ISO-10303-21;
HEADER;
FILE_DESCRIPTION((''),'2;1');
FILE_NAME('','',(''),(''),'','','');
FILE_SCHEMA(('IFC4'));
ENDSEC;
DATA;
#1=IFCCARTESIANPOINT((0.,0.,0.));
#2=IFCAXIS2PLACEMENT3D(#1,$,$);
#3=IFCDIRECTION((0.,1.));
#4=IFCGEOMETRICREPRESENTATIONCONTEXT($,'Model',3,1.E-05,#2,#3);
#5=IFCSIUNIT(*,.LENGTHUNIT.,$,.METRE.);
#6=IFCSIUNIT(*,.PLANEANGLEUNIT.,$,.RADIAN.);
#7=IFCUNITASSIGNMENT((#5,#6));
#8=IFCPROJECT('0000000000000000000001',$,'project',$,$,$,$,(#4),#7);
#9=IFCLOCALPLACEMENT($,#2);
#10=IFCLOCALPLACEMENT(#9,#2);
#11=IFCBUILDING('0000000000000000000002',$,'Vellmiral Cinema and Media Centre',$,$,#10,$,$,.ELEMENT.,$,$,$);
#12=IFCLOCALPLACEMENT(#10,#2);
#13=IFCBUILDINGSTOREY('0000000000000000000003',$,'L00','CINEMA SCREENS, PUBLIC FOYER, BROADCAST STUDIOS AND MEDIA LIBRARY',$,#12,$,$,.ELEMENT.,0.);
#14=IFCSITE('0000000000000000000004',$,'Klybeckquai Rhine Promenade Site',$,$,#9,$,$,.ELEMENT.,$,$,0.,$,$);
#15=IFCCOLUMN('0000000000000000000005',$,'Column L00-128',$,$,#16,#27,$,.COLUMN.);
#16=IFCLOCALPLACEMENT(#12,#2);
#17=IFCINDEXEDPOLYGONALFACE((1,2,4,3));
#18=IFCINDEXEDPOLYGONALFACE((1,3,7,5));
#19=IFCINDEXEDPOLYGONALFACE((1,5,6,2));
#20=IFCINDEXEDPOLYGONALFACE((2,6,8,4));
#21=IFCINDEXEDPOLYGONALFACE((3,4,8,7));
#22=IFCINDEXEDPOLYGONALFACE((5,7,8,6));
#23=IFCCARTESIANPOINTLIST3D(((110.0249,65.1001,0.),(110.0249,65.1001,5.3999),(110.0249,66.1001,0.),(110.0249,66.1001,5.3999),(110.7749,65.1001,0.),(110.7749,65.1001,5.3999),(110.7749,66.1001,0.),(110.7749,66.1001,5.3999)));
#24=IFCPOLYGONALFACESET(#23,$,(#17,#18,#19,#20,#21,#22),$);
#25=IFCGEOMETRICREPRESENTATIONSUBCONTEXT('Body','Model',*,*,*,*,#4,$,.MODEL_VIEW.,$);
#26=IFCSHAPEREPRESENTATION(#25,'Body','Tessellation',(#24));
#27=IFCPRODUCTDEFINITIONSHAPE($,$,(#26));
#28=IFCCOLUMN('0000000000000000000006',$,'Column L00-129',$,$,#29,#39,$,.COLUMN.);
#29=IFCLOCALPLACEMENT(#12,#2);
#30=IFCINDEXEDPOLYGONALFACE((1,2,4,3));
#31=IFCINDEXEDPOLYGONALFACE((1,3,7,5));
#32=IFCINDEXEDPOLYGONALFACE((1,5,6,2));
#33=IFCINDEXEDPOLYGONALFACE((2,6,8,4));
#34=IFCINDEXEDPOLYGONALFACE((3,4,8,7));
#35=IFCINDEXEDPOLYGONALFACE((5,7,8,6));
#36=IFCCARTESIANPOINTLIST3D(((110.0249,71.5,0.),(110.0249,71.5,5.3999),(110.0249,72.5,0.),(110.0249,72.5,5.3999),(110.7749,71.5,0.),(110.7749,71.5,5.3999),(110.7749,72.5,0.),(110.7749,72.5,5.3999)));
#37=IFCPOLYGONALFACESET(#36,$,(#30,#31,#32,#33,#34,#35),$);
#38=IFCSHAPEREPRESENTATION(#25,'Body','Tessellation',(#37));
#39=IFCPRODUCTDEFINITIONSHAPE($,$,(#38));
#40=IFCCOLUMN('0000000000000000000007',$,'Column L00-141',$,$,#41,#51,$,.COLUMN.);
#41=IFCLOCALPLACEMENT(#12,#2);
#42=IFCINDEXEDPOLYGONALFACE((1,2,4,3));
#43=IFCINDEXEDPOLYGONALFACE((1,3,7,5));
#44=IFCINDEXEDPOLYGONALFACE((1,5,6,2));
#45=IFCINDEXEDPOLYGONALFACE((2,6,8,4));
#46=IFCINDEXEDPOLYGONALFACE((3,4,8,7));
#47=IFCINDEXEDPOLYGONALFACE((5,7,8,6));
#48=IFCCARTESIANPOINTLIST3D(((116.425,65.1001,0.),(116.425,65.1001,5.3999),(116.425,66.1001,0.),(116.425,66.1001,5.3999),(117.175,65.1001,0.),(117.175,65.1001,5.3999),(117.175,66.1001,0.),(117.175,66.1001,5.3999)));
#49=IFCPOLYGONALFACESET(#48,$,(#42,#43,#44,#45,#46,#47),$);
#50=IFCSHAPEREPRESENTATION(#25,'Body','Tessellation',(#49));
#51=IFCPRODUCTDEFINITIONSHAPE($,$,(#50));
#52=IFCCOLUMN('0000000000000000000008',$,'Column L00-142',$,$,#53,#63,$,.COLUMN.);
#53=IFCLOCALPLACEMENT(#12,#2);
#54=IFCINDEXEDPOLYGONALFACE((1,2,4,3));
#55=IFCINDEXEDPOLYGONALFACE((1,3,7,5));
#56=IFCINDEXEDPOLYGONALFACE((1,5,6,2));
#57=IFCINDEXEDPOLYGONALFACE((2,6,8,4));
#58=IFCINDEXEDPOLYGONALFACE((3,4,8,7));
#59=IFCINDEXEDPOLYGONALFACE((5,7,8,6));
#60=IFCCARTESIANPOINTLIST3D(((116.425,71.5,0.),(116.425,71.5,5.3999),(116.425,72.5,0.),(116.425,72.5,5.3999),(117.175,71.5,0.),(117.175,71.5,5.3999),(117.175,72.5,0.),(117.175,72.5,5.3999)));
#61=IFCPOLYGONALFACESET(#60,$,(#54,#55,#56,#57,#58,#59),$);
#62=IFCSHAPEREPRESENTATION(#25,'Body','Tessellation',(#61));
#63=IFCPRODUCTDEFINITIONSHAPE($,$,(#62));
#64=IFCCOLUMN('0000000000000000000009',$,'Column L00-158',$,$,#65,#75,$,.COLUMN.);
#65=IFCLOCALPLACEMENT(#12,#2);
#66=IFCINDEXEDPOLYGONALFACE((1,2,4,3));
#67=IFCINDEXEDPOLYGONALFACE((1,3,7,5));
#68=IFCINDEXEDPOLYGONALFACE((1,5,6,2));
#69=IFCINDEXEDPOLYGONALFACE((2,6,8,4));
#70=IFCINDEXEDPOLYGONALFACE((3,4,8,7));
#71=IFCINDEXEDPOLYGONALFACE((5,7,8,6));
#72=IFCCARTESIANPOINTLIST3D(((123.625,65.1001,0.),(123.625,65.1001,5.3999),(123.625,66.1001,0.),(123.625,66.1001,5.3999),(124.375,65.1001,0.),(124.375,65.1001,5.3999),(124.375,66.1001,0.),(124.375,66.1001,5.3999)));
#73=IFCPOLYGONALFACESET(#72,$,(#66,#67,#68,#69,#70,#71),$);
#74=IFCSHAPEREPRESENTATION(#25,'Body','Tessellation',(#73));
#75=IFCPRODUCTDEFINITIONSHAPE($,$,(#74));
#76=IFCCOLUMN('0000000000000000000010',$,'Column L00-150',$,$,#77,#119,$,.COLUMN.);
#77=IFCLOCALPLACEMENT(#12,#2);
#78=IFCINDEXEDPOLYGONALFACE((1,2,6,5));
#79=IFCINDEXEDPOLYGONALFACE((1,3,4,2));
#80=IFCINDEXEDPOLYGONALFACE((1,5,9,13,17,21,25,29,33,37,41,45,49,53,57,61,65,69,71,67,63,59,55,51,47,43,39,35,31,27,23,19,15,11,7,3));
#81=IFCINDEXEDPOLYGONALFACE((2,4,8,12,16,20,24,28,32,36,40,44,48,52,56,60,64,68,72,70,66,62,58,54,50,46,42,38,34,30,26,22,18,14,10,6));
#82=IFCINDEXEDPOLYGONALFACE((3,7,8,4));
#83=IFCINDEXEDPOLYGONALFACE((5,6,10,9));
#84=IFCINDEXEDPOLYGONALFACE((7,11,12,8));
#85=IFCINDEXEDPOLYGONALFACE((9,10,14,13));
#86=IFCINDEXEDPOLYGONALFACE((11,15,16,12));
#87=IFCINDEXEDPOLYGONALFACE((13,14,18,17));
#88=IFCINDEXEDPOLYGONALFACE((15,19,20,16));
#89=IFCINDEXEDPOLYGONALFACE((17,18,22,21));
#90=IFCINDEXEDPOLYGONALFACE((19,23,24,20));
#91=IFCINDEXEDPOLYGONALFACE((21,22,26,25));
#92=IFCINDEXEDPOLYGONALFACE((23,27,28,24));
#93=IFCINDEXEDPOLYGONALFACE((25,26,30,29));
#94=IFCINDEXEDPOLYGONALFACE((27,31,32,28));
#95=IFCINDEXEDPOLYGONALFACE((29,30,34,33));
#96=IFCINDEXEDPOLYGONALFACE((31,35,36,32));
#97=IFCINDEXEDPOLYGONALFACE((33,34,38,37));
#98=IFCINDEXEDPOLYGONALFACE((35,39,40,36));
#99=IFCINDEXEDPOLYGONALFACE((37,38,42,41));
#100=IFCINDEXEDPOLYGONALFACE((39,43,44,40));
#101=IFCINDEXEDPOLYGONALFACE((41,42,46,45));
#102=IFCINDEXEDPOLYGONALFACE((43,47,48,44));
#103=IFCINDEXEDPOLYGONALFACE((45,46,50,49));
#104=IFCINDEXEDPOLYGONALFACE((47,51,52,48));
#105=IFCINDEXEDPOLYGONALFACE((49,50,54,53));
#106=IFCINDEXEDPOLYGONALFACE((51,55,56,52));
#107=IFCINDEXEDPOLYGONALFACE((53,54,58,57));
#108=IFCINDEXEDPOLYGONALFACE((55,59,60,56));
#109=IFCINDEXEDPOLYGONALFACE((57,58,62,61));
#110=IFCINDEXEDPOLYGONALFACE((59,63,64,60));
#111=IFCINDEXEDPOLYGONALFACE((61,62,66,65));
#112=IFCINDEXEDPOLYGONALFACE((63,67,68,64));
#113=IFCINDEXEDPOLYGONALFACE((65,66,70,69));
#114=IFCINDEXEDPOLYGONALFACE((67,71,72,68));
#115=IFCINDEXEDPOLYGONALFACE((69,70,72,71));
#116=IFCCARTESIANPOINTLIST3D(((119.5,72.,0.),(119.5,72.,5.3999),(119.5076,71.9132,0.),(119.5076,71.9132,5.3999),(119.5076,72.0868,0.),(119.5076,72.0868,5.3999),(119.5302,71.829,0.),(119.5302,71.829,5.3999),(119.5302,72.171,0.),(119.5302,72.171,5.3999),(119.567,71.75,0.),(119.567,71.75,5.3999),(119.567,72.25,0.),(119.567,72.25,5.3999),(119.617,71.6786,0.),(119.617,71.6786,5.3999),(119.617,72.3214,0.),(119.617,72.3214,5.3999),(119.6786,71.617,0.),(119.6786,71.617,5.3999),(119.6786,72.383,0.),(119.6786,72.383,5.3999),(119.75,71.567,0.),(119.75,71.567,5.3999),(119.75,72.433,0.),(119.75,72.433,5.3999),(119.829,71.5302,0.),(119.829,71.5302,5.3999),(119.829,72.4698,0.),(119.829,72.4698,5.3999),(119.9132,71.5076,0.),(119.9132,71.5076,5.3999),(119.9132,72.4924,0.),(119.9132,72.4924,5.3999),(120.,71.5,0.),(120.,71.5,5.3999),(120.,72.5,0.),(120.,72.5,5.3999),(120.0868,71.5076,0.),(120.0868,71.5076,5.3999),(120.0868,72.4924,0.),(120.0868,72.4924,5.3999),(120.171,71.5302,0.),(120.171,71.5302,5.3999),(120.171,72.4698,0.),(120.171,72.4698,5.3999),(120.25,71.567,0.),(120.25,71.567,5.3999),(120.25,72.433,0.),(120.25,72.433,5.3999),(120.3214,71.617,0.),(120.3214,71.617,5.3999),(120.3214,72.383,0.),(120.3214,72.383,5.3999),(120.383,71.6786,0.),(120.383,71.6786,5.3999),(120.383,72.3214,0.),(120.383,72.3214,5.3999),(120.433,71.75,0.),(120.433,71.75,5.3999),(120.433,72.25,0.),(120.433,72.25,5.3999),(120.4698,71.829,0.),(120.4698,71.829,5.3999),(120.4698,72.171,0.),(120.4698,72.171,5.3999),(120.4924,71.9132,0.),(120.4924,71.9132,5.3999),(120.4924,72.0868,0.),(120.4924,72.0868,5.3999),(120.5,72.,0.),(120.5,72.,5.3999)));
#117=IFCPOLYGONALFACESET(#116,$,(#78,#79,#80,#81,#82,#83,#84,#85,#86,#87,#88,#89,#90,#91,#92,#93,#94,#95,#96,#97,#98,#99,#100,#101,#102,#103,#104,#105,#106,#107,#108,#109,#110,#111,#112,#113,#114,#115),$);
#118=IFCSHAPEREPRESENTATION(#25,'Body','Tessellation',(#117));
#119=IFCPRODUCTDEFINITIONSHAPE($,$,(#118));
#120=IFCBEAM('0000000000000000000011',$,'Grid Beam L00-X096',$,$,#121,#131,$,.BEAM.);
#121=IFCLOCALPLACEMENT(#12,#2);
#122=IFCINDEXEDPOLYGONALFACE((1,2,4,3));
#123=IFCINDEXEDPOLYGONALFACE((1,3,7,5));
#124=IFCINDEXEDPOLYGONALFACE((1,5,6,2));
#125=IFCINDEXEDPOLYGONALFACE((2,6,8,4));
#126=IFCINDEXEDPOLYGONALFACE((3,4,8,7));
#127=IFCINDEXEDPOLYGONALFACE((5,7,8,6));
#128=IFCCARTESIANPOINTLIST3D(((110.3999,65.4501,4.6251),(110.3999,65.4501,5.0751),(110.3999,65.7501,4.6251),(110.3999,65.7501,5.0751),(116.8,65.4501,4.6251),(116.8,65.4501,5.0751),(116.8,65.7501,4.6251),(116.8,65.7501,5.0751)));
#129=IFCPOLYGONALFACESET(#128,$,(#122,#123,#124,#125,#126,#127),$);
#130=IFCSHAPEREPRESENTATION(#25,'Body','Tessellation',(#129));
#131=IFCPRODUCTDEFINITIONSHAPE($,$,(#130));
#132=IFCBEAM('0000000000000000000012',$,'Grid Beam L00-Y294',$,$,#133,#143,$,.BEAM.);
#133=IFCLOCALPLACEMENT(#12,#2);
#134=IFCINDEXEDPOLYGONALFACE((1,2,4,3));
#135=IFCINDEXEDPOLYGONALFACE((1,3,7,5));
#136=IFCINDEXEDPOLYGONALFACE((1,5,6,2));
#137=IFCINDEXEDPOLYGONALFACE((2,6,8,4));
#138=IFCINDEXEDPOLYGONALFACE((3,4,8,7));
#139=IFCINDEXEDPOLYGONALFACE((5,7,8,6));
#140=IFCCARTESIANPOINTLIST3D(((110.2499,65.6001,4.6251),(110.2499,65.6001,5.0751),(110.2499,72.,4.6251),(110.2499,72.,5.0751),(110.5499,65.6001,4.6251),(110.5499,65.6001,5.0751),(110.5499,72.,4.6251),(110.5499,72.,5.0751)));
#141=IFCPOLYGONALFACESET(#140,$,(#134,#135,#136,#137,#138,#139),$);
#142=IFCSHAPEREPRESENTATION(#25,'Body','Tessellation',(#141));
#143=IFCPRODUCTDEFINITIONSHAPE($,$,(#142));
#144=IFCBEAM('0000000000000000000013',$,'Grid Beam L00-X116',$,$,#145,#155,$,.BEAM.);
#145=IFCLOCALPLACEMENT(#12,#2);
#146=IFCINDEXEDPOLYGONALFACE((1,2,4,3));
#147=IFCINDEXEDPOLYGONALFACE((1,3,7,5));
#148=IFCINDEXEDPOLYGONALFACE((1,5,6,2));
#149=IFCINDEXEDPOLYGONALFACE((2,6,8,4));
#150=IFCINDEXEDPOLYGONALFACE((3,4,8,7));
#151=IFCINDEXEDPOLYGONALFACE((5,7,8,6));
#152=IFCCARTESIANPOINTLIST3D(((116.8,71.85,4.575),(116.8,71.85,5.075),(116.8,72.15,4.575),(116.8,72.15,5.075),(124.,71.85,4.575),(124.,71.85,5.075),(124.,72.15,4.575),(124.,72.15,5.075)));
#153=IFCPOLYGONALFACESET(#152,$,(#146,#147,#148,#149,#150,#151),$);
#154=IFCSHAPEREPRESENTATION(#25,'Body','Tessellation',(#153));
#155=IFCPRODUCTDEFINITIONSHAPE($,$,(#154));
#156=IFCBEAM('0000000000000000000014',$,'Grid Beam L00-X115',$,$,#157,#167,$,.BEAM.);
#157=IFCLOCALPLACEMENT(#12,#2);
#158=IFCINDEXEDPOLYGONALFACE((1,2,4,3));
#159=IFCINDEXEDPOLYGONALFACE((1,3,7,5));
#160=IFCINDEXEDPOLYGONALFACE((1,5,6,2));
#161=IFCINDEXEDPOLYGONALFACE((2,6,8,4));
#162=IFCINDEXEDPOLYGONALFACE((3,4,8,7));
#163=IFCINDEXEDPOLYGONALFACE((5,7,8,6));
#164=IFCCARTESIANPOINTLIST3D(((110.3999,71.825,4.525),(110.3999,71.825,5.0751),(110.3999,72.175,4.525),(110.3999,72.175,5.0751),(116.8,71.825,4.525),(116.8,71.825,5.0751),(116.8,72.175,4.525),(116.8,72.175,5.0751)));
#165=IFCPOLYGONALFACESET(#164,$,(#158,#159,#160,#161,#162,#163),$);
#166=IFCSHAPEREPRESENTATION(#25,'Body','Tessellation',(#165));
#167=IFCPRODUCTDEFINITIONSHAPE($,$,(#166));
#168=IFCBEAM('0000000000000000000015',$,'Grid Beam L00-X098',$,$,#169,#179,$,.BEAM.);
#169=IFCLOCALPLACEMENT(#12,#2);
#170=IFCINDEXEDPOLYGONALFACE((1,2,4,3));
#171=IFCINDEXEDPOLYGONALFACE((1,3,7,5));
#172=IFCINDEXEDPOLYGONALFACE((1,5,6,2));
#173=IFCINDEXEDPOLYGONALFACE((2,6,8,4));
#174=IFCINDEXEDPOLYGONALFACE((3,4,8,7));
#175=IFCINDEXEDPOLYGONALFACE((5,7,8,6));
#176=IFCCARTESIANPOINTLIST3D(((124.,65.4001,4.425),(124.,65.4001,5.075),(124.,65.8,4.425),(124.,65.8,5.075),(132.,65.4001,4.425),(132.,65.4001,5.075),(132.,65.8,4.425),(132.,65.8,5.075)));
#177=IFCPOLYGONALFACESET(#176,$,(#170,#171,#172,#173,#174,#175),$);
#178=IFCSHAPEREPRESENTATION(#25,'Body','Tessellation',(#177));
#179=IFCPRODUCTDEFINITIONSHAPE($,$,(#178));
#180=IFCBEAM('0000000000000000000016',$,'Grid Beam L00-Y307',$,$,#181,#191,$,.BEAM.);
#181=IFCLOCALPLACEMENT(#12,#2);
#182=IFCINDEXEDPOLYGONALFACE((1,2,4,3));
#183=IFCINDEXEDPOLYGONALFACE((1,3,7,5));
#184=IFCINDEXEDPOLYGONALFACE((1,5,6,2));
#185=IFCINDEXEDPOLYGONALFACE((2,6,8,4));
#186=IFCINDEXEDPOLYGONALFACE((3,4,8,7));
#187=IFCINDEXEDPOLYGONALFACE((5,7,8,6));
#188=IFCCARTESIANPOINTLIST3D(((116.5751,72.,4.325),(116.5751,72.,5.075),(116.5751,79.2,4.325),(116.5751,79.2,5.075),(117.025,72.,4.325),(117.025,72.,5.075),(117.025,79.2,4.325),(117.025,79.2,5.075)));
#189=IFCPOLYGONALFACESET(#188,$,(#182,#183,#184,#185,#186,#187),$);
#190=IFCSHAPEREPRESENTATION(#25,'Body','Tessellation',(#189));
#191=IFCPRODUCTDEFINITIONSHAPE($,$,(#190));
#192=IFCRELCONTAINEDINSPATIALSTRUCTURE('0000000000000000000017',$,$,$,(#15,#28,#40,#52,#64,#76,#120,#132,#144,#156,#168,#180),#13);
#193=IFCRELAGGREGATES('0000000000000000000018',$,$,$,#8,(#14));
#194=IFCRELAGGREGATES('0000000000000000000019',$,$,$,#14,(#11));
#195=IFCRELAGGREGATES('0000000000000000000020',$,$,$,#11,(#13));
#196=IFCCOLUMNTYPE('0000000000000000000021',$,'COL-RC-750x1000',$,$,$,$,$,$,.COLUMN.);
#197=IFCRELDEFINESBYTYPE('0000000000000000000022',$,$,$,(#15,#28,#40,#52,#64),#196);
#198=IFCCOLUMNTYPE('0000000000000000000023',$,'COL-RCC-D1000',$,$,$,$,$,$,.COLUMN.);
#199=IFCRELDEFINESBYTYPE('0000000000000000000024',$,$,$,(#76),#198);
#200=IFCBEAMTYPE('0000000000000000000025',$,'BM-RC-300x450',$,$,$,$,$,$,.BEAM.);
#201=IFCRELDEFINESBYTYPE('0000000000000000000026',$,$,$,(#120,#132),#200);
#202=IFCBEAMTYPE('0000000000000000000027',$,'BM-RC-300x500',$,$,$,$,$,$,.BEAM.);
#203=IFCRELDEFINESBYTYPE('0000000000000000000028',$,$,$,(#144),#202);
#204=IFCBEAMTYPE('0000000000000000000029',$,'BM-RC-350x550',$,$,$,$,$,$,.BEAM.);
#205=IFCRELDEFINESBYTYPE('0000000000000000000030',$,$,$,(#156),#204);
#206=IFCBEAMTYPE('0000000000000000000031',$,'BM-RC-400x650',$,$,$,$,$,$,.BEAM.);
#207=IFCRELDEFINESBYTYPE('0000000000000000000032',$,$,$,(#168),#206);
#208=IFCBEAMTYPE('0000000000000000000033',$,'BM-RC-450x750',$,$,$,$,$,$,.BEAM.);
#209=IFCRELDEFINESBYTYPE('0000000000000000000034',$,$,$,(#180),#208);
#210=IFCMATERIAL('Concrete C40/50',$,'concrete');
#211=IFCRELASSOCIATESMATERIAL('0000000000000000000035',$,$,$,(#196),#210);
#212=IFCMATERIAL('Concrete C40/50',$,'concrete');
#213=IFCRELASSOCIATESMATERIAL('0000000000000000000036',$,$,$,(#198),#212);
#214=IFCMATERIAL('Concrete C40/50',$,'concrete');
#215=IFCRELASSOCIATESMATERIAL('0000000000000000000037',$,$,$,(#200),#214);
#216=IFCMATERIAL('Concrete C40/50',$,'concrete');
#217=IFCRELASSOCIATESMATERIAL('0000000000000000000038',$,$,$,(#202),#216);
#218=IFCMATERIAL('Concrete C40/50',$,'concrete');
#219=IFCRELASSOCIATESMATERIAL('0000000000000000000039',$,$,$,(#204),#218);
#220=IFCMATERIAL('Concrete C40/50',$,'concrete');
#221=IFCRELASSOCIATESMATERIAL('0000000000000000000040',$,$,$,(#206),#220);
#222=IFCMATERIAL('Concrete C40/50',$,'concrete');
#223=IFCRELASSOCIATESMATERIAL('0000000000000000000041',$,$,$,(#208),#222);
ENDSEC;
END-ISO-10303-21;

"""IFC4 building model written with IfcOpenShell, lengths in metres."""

from ifc_helpers import new_model, si_unit, direction, frame, origin, origin_2d, place, context, subcontext, project, spatial, rectangle, circle, extrude, material, material_profile, profile_set, type_object, element, save


model = new_model("IFC4")

# Units and contexts
model_context = context("Model", 3, precision=1e-05, world=origin(), true_north=direction((0.0, 1.0)))
body_context = subcontext(model_context, "Body", "Model", "MODEL_VIEW")
ifc_project = project(units=[si_unit("LENGTHUNIT", "METRE"), si_unit("PLANEANGLEUNIT", "RADIAN")], contexts=[model_context])

# Site, building, storey
site_placement = place(None, origin())
site = spatial("IfcSite", under=ifc_project, at=site_placement, Name="Klybeckquai Rhine Promenade Site", CompositionType="ELEMENT", RefElevation=0.0)
building_placement = place(site_placement, origin())
building = spatial("IfcBuilding", under=site, at=building_placement, Name="Vellmiral Cinema and Media Centre", CompositionType="ELEMENT")
storey_placement = place(building_placement, origin())
storey = spatial("IfcBuildingStorey", under=building, at=storey_placement, Name="L00", Description="CINEMA SCREENS, PUBLIC FOYER, BROADCAST STUDIOS AND MEDIA LIBRARY", CompositionType="ELEMENT", Elevation=0.0)

# Columns
ifc_material_1 = material(Name="Concrete C40/50", Category="concrete")
ifc_material_profile_1 = material_profile(ifc_material_1, rectangle(XDim=0.75, YDim=1.0, at=origin_2d()), Name="RC 750x1000")
ifc_profile_set_1 = profile_set([ifc_material_profile_1], Name="Concrete C40/50")
column_type_1 = type_object("IfcColumnType", Name="COL-RC-750x1000", PredefinedType="COLUMN", material=ifc_profile_set_1)
for number, where, z_axis, x_axis, name in (
    (1, (110.3999, 65.6001, 0.0), (0.0, 0.0, 1.0), (1.0, 0.0, 0.0), "Column L00-128"),
    (2, (110.3999, 72.0, 0.0), (0.0, 0.0, 1.0), (1.0, 0.0, 0.0), "Column L00-129"),
    (3, (116.8, 65.6001, 0.0), (0.0, 0.0, 1.0), (1.0, 0.0, 0.0), "Column L00-141"),
    (4, (116.8, 72.0, 0.0), (0.0, 0.0, 1.0), (1.0, 0.0, 0.0), "Column L00-142"),
    (5, (124.0, 65.6001, 0.0), (0.0, 0.0, 1.0), (1.0, 0.0, 0.0), "Column L00-158"),
):
    element("IfcColumn", number, at=place(storey_placement, frame(where, z_axis=z_axis, x_axis=x_axis)), inside=storey, type_object=column_type_1, Name=name, PredefinedType="COLUMN", context=body_context, shape_type="SweptSolid", body=[
        extrude(rectangle(XDim=0.75, YDim=1.0, at=origin_2d()), origin(), (0.0, 0.0, 1.0), 5.3999),
    ])
ifc_material_2 = material(Name="Concrete C40/50", Category="concrete")
ifc_material_profile_2 = material_profile(ifc_material_2, circle(Radius=0.5, at=origin_2d()), Name="RC D1000")
ifc_profile_set_2 = profile_set([ifc_material_profile_2], Name="Concrete C40/50")
column_type_2 = type_object("IfcColumnType", Name="COL-RCC-D1000", PredefinedType="COLUMN", material=ifc_profile_set_2)
column_placement = place(storey_placement, frame((120.0, 72.0, 0.0), z_axis=(0.0, 0.0, 1.0), x_axis=(1.0, 0.0, 0.0)))
element("IfcColumn", 6, at=column_placement, inside=storey, type_object=column_type_2, Name="Column L00-150", PredefinedType="COLUMN", context=body_context, shape_type="SweptSolid", body=[
    extrude(circle(Radius=0.5, at=origin_2d()), origin(), (0.0, 0.0, 1.0), 5.3999),
])

# Beams
ifc_material_3 = material(Name="Concrete C40/50", Category="concrete")
ifc_material_profile_3 = material_profile(ifc_material_3, rectangle(XDim=0.3, YDim=0.45, at=origin_2d()), Name="RC 300x450")
ifc_profile_set_3 = profile_set([ifc_material_profile_3], Name="Concrete C40/50")
beam_type_1 = type_object("IfcBeamType", Name="BM-RC-300x450", PredefinedType="BEAM", material=ifc_profile_set_3)
beam_1_placement = place(storey_placement, frame((110.3999, 65.6001, 4.8501), z_axis=(1.0, 0.0, 0.0), x_axis=(0.0, 1.0, 0.0)))
element("IfcBeam", 7, at=beam_1_placement, inside=storey, type_object=beam_type_1, Name="Grid Beam L00-X096", PredefinedType="BEAM", context=body_context, shape_type="SweptSolid", body=[
    extrude(rectangle(XDim=0.3, YDim=0.45, at=origin_2d()), origin(), (0.0, 0.0, 1.0), 6.4001),
])
beam_2_placement = place(storey_placement, frame((110.3999, 65.6001, 4.8501), z_axis=(0.0, 1.0, 0.0), x_axis=(-1.0, 0.0, 0.0)))
element("IfcBeam", 8, at=beam_2_placement, inside=storey, type_object=beam_type_1, Name="Grid Beam L00-Y294", PredefinedType="BEAM", context=body_context, shape_type="SweptSolid", body=[
    extrude(rectangle(XDim=0.3, YDim=0.45, at=origin_2d()), origin(), (0.0, 0.0, 1.0), 6.3999),
])
ifc_material_4 = material(Name="Concrete C40/50", Category="concrete")
ifc_material_profile_4 = material_profile(ifc_material_4, rectangle(XDim=0.3, YDim=0.5, at=origin_2d()), Name="RC 300x500")
ifc_profile_set_4 = profile_set([ifc_material_profile_4], Name="Concrete C40/50")
beam_type_2 = type_object("IfcBeamType", Name="BM-RC-300x500", PredefinedType="BEAM", material=ifc_profile_set_4)
beam_3_placement = place(storey_placement, frame((116.8, 72.0, 4.825), z_axis=(1.0, 0.0, 0.0), x_axis=(0.0, 1.0, 0.0)))
element("IfcBeam", 9, at=beam_3_placement, inside=storey, type_object=beam_type_2, Name="Grid Beam L00-X116", PredefinedType="BEAM", context=body_context, shape_type="SweptSolid", body=[
    extrude(rectangle(XDim=0.3, YDim=0.5, at=origin_2d()), origin(), (0.0, 0.0, 1.0), 7.2),
])
ifc_material_5 = material(Name="Concrete C40/50", Category="concrete")
ifc_material_profile_5 = material_profile(ifc_material_5, rectangle(XDim=0.3501, YDim=0.55, at=origin_2d()), Name="RC 350x550")
ifc_profile_set_5 = profile_set([ifc_material_profile_5], Name="Concrete C40/50")
beam_type_3 = type_object("IfcBeamType", Name="BM-RC-350x550", PredefinedType="BEAM", material=ifc_profile_set_5)
beam_4_placement = place(storey_placement, frame((110.3999, 72.0, 4.8), z_axis=(1.0, 0.0, 0.0), x_axis=(0.0, 1.0, 0.0)))
element("IfcBeam", 10, at=beam_4_placement, inside=storey, type_object=beam_type_3, Name="Grid Beam L00-X115", PredefinedType="BEAM", context=body_context, shape_type="SweptSolid", body=[
    extrude(rectangle(XDim=0.3501, YDim=0.55, at=origin_2d()), origin(), (0.0, 0.0, 1.0), 6.4001),
])
ifc_material_6 = material(Name="Concrete C40/50", Category="concrete")
ifc_material_profile_6 = material_profile(ifc_material_6, rectangle(XDim=0.3999, YDim=0.6499, at=origin_2d()), Name="RC 400x650")
ifc_profile_set_6 = profile_set([ifc_material_profile_6], Name="Concrete C40/50")
beam_type_4 = type_object("IfcBeamType", Name="BM-RC-400x650", PredefinedType="BEAM", material=ifc_profile_set_6)
beam_5_placement = place(storey_placement, frame((124.0, 65.6001, 4.75), z_axis=(1.0, 0.0, 0.0), x_axis=(0.0, 1.0, 0.0)))
element("IfcBeam", 11, at=beam_5_placement, inside=storey, type_object=beam_type_4, Name="Grid Beam L00-X098", PredefinedType="BEAM", context=body_context, shape_type="SweptSolid", body=[
    extrude(rectangle(XDim=0.3999, YDim=0.6499, at=origin_2d()), origin(), (0.0, 0.0, 1.0), 8.0),
])
ifc_material_7 = material(Name="Concrete C40/50", Category="concrete")
ifc_material_profile_7 = material_profile(ifc_material_7, rectangle(XDim=0.45, YDim=0.75, at=origin_2d()), Name="RC 450x750")
ifc_profile_set_7 = profile_set([ifc_material_profile_7], Name="Concrete C40/50")
beam_type_5 = type_object("IfcBeamType", Name="BM-RC-450x750", PredefinedType="BEAM", material=ifc_profile_set_7)
beam_6_placement = place(storey_placement, frame((116.8, 72.0, 4.7), z_axis=(0.0, 1.0, 0.0), x_axis=(-1.0, 0.0, 0.0)))
element("IfcBeam", 12, at=beam_6_placement, inside=storey, type_object=beam_type_5, Name="Grid Beam L00-Y307", PredefinedType="BEAM", context=body_context, shape_type="SweptSolid", body=[
    extrude(rectangle(XDim=0.45, YDim=0.75, at=origin_2d()), origin(), (0.0, 0.0, 1.0), 7.2),
])

save(model, "model.ifc")
